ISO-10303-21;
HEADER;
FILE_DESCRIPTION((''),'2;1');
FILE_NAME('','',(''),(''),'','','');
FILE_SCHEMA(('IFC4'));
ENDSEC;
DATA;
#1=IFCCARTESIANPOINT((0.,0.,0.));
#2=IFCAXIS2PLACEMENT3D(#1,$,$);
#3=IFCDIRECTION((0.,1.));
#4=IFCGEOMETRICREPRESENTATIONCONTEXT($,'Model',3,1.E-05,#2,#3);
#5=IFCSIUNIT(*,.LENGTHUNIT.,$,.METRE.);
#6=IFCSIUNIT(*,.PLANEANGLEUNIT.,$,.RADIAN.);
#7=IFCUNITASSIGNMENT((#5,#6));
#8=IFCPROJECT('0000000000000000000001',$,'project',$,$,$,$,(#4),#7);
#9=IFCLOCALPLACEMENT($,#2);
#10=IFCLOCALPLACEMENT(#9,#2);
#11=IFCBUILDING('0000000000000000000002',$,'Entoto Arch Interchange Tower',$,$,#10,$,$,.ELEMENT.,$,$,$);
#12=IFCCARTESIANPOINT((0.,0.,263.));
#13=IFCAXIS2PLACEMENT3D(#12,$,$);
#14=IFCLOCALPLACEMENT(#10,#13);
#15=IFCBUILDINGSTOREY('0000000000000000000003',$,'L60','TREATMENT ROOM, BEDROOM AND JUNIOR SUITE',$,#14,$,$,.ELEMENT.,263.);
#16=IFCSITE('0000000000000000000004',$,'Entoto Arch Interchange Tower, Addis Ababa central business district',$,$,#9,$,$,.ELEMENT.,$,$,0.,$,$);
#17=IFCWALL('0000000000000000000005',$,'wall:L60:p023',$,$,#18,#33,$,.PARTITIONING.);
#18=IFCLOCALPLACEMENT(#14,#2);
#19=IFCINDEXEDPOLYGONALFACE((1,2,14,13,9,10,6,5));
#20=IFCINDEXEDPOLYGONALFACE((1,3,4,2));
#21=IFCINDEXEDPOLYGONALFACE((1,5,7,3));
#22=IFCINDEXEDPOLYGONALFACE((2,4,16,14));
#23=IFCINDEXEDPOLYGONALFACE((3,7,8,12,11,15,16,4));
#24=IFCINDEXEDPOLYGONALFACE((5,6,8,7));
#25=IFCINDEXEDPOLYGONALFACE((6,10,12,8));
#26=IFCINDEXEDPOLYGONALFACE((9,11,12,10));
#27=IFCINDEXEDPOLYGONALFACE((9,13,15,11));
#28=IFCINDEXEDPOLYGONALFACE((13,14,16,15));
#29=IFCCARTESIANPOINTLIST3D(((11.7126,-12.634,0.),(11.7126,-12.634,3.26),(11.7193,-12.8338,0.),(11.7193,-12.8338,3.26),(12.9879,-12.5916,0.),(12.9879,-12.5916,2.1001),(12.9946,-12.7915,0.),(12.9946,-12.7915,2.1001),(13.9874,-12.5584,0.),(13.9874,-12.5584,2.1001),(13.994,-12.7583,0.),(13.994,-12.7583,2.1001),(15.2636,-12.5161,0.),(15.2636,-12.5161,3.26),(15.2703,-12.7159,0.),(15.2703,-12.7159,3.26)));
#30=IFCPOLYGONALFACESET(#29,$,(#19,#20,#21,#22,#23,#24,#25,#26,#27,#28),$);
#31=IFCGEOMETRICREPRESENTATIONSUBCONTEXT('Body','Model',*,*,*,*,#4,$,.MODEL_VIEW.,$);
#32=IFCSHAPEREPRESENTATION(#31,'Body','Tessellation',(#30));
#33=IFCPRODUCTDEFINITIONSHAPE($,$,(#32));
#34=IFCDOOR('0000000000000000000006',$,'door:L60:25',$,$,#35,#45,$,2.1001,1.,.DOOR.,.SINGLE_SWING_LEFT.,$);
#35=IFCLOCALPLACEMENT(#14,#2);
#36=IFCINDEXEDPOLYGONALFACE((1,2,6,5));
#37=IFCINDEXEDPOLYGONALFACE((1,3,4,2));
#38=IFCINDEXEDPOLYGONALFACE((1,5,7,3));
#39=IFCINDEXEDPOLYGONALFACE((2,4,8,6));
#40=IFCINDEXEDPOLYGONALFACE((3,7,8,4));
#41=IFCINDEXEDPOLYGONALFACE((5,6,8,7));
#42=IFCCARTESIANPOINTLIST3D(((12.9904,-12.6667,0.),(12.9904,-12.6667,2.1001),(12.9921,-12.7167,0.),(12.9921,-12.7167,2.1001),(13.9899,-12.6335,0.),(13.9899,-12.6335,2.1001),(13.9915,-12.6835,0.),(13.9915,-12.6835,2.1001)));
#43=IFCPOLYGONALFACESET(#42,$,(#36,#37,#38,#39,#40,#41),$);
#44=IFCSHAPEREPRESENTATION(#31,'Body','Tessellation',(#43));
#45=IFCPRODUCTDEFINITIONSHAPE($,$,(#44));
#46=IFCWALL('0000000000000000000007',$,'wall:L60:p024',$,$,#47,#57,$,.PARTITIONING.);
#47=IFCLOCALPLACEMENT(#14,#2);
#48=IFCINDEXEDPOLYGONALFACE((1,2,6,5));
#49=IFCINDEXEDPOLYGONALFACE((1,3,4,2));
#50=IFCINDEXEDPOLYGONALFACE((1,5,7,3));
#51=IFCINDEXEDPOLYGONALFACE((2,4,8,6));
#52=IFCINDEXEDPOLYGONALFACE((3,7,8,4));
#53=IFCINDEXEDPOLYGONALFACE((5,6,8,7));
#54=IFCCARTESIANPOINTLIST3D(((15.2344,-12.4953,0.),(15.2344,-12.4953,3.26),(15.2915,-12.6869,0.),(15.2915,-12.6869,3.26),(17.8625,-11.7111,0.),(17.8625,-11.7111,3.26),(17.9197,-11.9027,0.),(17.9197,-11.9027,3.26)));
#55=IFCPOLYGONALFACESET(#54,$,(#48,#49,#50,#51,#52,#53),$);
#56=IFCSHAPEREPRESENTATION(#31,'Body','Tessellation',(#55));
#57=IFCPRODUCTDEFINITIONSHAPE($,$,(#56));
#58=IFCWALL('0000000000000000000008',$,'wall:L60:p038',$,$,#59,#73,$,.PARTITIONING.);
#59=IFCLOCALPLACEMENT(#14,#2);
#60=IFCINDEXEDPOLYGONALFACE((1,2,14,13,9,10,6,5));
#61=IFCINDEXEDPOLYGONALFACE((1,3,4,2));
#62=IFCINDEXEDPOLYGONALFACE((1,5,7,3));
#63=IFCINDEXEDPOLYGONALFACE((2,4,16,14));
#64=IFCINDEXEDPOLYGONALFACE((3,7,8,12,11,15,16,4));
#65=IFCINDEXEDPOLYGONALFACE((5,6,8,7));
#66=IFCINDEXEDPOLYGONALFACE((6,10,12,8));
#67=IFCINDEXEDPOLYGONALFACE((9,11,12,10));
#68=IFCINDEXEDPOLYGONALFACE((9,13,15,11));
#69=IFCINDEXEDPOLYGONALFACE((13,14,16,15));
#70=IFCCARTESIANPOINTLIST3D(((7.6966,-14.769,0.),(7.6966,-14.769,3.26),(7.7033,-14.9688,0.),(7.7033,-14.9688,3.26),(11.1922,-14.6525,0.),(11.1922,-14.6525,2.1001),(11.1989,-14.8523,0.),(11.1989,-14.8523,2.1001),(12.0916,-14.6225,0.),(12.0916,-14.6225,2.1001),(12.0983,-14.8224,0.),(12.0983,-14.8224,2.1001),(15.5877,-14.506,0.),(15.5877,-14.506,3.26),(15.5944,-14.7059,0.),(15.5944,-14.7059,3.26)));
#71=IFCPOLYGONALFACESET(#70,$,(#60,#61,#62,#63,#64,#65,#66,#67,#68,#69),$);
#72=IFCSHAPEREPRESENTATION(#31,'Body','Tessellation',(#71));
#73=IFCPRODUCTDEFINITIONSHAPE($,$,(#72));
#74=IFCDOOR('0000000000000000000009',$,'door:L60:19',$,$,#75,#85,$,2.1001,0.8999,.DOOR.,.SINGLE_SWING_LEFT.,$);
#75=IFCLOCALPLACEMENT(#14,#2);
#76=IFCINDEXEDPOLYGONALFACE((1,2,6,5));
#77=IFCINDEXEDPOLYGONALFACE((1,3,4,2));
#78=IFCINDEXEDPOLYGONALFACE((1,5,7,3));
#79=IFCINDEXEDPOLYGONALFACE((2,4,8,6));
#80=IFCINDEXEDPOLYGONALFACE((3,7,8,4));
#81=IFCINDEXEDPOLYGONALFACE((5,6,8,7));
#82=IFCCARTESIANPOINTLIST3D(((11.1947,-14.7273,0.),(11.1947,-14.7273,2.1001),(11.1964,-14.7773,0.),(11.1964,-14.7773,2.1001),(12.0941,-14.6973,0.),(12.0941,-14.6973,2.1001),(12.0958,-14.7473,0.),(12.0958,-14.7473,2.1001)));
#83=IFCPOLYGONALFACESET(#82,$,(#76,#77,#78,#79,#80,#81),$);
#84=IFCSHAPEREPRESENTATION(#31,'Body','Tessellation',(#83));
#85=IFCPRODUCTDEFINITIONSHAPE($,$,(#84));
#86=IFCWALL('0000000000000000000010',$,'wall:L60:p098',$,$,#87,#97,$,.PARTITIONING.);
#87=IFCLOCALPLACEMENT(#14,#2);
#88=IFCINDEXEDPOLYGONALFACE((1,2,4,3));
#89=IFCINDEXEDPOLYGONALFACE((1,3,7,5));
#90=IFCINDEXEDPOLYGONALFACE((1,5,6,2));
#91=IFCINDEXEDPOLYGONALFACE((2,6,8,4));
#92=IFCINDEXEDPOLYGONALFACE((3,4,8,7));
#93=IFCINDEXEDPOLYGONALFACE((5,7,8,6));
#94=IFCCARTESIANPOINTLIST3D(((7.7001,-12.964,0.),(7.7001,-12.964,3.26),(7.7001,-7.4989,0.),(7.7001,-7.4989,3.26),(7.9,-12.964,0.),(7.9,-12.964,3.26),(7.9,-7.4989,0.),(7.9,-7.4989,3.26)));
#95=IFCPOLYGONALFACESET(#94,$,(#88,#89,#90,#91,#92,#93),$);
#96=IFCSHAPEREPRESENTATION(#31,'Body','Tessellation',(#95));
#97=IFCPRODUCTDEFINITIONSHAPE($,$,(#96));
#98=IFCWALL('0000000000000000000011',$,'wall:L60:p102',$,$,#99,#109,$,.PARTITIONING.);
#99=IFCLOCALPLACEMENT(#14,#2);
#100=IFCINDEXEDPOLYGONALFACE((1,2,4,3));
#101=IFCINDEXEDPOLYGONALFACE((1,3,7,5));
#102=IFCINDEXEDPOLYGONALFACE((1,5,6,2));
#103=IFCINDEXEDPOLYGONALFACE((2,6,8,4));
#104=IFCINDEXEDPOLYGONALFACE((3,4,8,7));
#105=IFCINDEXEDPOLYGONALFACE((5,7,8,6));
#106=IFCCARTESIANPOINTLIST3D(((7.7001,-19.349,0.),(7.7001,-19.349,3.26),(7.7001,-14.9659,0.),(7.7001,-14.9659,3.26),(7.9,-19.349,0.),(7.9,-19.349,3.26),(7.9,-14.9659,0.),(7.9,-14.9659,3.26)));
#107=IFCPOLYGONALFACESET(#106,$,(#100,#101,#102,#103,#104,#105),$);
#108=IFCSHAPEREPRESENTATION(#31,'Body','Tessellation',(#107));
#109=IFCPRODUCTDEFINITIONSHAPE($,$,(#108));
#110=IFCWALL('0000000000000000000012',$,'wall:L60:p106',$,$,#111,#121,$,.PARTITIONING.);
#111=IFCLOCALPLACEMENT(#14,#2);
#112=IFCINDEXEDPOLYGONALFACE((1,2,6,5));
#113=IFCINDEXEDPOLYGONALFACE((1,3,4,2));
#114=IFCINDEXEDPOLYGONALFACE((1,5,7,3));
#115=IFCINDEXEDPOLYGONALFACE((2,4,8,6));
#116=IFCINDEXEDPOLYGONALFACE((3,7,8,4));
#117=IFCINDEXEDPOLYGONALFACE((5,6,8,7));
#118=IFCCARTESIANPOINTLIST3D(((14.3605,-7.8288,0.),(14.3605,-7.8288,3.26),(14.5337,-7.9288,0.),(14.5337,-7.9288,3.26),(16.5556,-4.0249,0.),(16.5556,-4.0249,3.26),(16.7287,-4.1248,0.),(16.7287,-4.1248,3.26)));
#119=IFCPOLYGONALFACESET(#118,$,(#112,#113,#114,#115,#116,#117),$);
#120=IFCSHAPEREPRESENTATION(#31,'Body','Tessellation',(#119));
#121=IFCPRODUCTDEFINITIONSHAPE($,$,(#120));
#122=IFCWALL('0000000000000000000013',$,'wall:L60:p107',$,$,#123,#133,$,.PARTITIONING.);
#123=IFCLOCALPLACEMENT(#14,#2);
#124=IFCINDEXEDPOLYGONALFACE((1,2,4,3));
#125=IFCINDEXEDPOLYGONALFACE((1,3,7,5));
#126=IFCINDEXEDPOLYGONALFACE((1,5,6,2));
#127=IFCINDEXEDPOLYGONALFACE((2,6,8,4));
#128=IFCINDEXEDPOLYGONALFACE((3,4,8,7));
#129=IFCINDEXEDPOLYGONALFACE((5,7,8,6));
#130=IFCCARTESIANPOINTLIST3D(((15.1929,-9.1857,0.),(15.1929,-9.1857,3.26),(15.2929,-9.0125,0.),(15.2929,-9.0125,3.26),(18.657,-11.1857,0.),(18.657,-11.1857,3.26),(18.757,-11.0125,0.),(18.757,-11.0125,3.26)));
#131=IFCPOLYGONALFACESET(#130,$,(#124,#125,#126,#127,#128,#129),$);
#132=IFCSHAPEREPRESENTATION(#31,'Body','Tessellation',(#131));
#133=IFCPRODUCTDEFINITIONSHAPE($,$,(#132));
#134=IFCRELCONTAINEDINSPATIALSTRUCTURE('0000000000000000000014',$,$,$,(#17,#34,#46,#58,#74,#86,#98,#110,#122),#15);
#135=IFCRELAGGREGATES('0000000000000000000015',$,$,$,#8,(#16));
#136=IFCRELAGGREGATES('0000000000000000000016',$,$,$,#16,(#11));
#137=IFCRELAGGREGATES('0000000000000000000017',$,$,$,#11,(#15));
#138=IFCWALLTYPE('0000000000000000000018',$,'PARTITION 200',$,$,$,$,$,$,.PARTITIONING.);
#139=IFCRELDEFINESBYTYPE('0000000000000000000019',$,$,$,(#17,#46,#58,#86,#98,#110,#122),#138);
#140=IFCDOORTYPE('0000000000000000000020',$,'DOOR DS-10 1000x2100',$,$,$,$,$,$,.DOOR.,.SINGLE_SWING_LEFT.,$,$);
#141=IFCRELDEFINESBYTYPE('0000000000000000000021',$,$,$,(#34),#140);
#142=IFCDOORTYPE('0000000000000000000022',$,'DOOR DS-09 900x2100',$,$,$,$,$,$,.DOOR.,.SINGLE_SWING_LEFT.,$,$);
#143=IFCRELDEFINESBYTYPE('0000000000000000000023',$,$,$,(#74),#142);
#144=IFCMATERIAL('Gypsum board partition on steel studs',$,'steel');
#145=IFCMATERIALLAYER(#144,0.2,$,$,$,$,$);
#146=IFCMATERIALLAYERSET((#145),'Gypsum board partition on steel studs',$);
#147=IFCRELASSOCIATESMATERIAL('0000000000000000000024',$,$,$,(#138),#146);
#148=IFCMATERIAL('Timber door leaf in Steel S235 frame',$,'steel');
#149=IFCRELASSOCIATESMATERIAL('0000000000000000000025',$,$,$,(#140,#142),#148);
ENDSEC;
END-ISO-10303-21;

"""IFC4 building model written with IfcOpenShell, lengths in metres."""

from ifc_helpers import new_model, si_unit, direction, frame, frame_2d, origin, place, context, subcontext, project, spatial, rectangle, extrude, material, layer, layer_set, type_object, element, fill, save


model = new_model("IFC4")

# Units and contexts
model_context = context("Model", 3, precision=1e-05, world=origin(), true_north=direction((0.0, 1.0)))
body_context = subcontext(model_context, "Body", "Model", "MODEL_VIEW")
ifc_project = project(units=[si_unit("LENGTHUNIT", "METRE"), si_unit("PLANEANGLEUNIT", "RADIAN")], contexts=[model_context])

# Site, building, storey
site_placement = place(None, origin())
site = spatial("IfcSite", under=ifc_project, at=site_placement, Name="Entoto Arch Interchange Tower, Addis Ababa central business district", CompositionType="ELEMENT", RefElevation=0.0)
building_placement = place(site_placement, origin())
building = spatial("IfcBuilding", under=site, at=building_placement, Name="Entoto Arch Interchange Tower", CompositionType="ELEMENT")
storey_placement = place(building_placement, frame((0.0, 0.0, 263.0)))
storey = spatial("IfcBuildingStorey", under=building, at=storey_placement, Name="L60", Description="TREATMENT ROOM, BEDROOM AND JUNIOR SUITE", CompositionType="ELEMENT", Elevation=263.0)

# Shared definitions
ifc_material_1 = material(Name="Gypsum board partition on steel studs", Category="steel")
ifc_layer_1 = layer(ifc_material_1, 0.2)
ifc_layer_set_1 = layer_set([ifc_layer_1], Name="Gypsum board partition on steel studs")
wall_type_1 = type_object("IfcWallType", Name="PARTITION 200", PredefinedType="PARTITIONING", material=ifc_layer_set_1)

# Wall, opening, door
ifc_material_2 = material(Name="Timber door leaf in Steel S235 frame", Category="steel")
door_type_1 = type_object("IfcDoorType", Name="DOOR DS-10 1000x2100", OperationType="SINGLE_SWING_LEFT", PredefinedType="DOOR", material=ifc_material_2)
wall_1_placement = place(storey_placement, frame((11.7161, -12.7339, 0.0), z_axis=(0.0, 0.0, 1.0), x_axis=(0.999449, 0.033189, 0.0)))
wall_1 = element("IfcWall", 1, at=wall_1_placement, inside=storey, type_object=wall_type_1, Name="wall:L60:p023", PredefinedType="PARTITIONING", context=body_context, shape_type="SweptSolid", body=[
    extrude(rectangle(XDim=3.553, YDim=0.2, at=frame_2d((1.7764, 0.0))), origin(), (0.0, 0.0, 1.0), 3.26),
])
opening_1_placement = place(wall_1_placement, frame((1.2759, 0.0, 0.0)))
opening_1 = element("IfcOpeningElement", 2, at=opening_1_placement, cuts=wall_1, PredefinedType="OPENING", context=body_context, shape_type="SweptSolid", body=[
    extrude(rectangle(XDim=1.0, YDim=2.1001, at=frame_2d((0.5, 1.05))), frame((0.0, 0.1099, 0.0), z_axis=(0.0, -1.0, 0.0), x_axis=(1.0, 0.0, 0.0)), (0.0, 0.0, 1.0), 0.22),
])
door_1_placement = place(opening_1_placement, origin())
door_1 = element("IfcDoor", 3, at=door_1_placement, inside=storey, type_object=door_type_1, Name="door:L60:25", OperationType="SINGLE_SWING_LEFT", OverallHeight=2.1001, OverallWidth=1.0, PredefinedType="DOOR", context=body_context, shape_type="SweptSolid", body=[
    extrude(rectangle(XDim=1.0, YDim=2.1001, at=frame_2d((0.5, 1.05))), frame((0.0, 0.0249, 0.0), z_axis=(0.0, -1.0, 0.0), x_axis=(1.0, 0.0, 0.0)), (0.0, 0.0, 1.0), 0.05),
])
fill(opening_1, door_1)

# Wall
wall_2_placement = place(storey_placement, frame((15.2629, -12.5911, 0.0), z_axis=(0.0, 0.0, 1.0), x_axis=(0.958254, 0.285918, 0.0)))
element("IfcWall", 4, at=wall_2_placement, inside=storey, type_object=wall_type_1, Name="wall:L60:p024", PredefinedType="PARTITIONING", context=body_context, shape_type="SweptSolid", body=[
    extrude(rectangle(XDim=2.7427, YDim=0.2, at=frame_2d((1.3713, 0.0))), origin(), (0.0, 0.0, 1.0), 3.26),
])

# Wall, opening, door
wall_3_placement = place(storey_placement, frame((15.5911, -14.606, 0.0), z_axis=(0.0, 0.0, 1.0), x_axis=(-0.999445, -0.033302, 0.0)))
wall_3 = element("IfcWall", 5, at=wall_3_placement, inside=storey, type_object=wall_type_1, Name="wall:L60:p038", PredefinedType="PARTITIONING", context=body_context, shape_type="SweptSolid", body=[
    extrude(rectangle(XDim=7.8955, YDim=0.2, at=frame_2d((3.9478, 0.0))), origin(), (0.0, 0.0, 1.0), 3.26),
])
opening_2_placement = place(wall_3_placement, frame((3.498, 0.0, 0.0)))
opening_2 = element("IfcOpeningElement", 6, at=opening_2_placement, cuts=wall_3, PredefinedType="OPENING", context=body_context, shape_type="SweptSolid", body=[
    extrude(rectangle(XDim=0.8999, YDim=2.1001, at=frame_2d((0.45, 1.05))), frame((0.0, 0.1099, 0.0), z_axis=(0.0, -1.0, 0.0), x_axis=(1.0, 0.0, 0.0)), (0.0, 0.0, 1.0), 0.22),
])
door_type_2 = type_object("IfcDoorType", Name="DOOR DS-09 900x2100", OperationType="SINGLE_SWING_LEFT", PredefinedType="DOOR", material=ifc_material_2)
door_2_placement = place(opening_2_placement, origin())
door_2 = element("IfcDoor", 7, at=door_2_placement, inside=storey, type_object=door_type_2, Name="door:L60:19", OperationType="SINGLE_SWING_LEFT", OverallHeight=2.1001, OverallWidth=0.8999, PredefinedType="DOOR", context=body_context, shape_type="SweptSolid", body=[
    extrude(rectangle(XDim=0.8999, YDim=2.1001, at=frame_2d((0.45, 1.05))), frame((0.0, 0.0249, 0.0), z_axis=(0.0, -1.0, 0.0), x_axis=(1.0, 0.0, 0.0)), (0.0, 0.0, 1.0), 0.05),
])
fill(opening_2, door_2)

# Walls
wall_4_placement = place(storey_placement, frame((7.8, -7.499, 0.0), z_axis=(0.0, 0.0, 1.0), x_axis=(0.0, -1.0, 0.0)))
element("IfcWall", 8, at=wall_4_placement, inside=storey, type_object=wall_type_1, Name="wall:L60:p098", PredefinedType="PARTITIONING", context=body_context, shape_type="SweptSolid", body=[
    extrude(rectangle(XDim=5.4651, YDim=0.2, at=frame_2d((2.7324, 0.0))), origin(), (0.0, 0.0, 1.0), 3.26),
])
wall_5_placement = place(storey_placement, frame((7.8, -14.9661, 0.0), z_axis=(0.0, 0.0, 1.0), x_axis=(0.0, -1.0, 0.0)))
element("IfcWall", 9, at=wall_5_placement, inside=storey, type_object=wall_type_1, Name="wall:L60:p102", PredefinedType="PARTITIONING", context=body_context, shape_type="SweptSolid", body=[
    extrude(rectangle(XDim=4.3831, YDim=0.2, at=frame_2d((2.1914, 0.0))), origin(), (0.0, 0.0, 1.0), 3.26),
])
wall_6_placement = place(storey_placement, frame((16.6421, -4.075, 0.0), z_axis=(0.0, 0.0, 1.0), x_axis=(-0.499804, -0.866138, 0.0)))
element("IfcWall", 10, at=wall_6_placement, inside=storey, type_object=wall_type_1, Name="wall:L60:p106", PredefinedType="PARTITIONING", context=body_context, shape_type="SweptSolid", body=[
    extrude(rectangle(XDim=4.3918, YDim=0.2, at=frame_2d((2.1958, 0.0))), origin(), (0.0, 0.0, 1.0), 3.26),
])
wall_7_placement = place(storey_placement, frame((15.2429, -9.0991, 0.0), z_axis=(0.0, 0.0, 1.0), x_axis=(0.866026, -0.499999, 0.0)))
element("IfcWall", 11, at=wall_7_placement, inside=storey, type_object=wall_type_1, Name="wall:L60:p107", PredefinedType="PARTITIONING", context=body_context, shape_type="SweptSolid", body=[
    extrude(rectangle(XDim=4.0, YDim=0.2, at=frame_2d((2.0, 0.0))), origin(), (0.0, 0.0, 1.0), 3.26),
])

save(model, "model.ifc")
